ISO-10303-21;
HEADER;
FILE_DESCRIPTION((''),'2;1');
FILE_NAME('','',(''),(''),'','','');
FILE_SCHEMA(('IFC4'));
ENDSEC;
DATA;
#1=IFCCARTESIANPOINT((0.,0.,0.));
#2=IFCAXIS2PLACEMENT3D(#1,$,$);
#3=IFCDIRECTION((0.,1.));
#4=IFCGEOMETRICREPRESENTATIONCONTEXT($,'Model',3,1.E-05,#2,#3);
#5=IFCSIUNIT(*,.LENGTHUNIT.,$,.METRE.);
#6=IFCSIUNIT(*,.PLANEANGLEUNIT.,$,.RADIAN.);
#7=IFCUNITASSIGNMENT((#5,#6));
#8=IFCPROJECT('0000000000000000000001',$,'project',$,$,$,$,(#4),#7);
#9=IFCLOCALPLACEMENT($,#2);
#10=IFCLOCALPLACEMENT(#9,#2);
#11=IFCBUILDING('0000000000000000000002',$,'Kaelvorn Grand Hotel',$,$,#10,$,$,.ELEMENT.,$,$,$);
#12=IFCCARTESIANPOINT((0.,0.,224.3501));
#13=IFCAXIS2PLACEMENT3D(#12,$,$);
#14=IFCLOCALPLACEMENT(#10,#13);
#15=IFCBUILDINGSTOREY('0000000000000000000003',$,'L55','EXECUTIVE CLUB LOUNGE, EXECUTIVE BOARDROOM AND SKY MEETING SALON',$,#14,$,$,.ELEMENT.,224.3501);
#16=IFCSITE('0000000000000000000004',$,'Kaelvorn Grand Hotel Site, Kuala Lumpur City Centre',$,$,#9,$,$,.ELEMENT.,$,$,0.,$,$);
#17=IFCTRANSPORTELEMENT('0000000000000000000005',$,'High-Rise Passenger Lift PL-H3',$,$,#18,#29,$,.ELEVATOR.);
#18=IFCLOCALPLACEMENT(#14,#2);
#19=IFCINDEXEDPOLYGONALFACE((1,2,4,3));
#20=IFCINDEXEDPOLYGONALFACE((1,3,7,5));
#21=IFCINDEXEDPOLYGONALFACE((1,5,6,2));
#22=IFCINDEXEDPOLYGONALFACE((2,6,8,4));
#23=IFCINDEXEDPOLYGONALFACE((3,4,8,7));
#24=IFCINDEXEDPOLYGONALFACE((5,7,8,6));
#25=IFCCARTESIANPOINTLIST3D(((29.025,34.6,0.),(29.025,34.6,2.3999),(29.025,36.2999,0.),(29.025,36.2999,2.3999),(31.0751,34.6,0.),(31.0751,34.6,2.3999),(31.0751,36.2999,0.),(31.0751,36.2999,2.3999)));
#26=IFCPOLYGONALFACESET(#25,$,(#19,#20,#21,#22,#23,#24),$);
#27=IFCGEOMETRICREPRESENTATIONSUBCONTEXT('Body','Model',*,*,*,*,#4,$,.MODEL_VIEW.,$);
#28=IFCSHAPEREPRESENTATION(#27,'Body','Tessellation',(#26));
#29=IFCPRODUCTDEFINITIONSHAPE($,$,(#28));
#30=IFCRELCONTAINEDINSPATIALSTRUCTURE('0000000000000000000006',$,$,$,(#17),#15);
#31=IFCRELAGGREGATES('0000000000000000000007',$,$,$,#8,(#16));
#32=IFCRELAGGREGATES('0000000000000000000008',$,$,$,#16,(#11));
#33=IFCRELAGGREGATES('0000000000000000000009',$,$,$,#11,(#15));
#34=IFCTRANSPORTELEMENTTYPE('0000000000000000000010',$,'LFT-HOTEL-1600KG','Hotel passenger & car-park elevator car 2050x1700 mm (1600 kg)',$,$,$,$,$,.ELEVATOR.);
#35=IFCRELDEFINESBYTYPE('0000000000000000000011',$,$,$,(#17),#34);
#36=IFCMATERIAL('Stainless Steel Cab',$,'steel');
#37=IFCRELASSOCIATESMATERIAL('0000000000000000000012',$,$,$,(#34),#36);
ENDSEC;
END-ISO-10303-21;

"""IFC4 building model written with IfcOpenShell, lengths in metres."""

from ifc_helpers import new_model, si_unit, direction, frame, origin, origin_2d, place, context, subcontext, project, spatial, rectangle, extrude, material, type_object, element, save


model = new_model("IFC4")

# Units and contexts
model_context = context("Model", 3, precision=1e-05, world=origin(), true_north=direction((0.0, 1.0)))
body_context = subcontext(model_context, "Body", "Model", "MODEL_VIEW")
ifc_project = project(units=[si_unit("LENGTHUNIT", "METRE"), si_unit("PLANEANGLEUNIT", "RADIAN")], contexts=[model_context])

# Site, building, storey
site_placement = place(None, origin())
site = spatial("IfcSite", under=ifc_project, at=site_placement, Name="Kaelvorn Grand Hotel Site, Kuala Lumpur City Centre", CompositionType="ELEMENT", RefElevation=0.0)
building_placement = place(site_placement, origin())
building = spatial("IfcBuilding", under=site, at=building_placement, Name="Kaelvorn Grand Hotel", CompositionType="ELEMENT")
storey_placement = place(building_placement, frame((0.0, 0.0, 224.3501)))
storey = spatial("IfcBuildingStorey", under=building, at=storey_placement, Name="L55", Description="EXECUTIVE CLUB LOUNGE, EXECUTIVE BOARDROOM AND SKY MEETING SALON", CompositionType="ELEMENT", Elevation=224.3501)

# Transport element
ifc_material_1 = material(Name="Stainless Steel Cab", Category="steel")
transport_element_type = type_object("IfcTransportElementType", Name="LFT-HOTEL-1600KG", Description="Hotel passenger & car-park elevator car 2050x1700 mm (1600 kg)", PredefinedType="ELEVATOR", material=ifc_material_1)
for number, where, z_axis, x_axis, name in (
    (1, (30.05, 35.45, 0.0), (0.0, 0.0, 1.0), (1.0, 0.0, 0.0), "High-Rise Passenger Lift PL-H3"),
):
    element("IfcTransportElement", number, at=place(storey_placement, frame(where, z_axis=z_axis, x_axis=x_axis)), inside=storey, type_object=transport_element_type, Name=name, PredefinedType="ELEVATOR", context=body_context, shape_type="SweptSolid", body=[
        extrude(rectangle(XDim=2.05, YDim=1.7, at=origin_2d()), origin(), (0.0, 0.0, 1.0), 2.3999),
    ])

save(model, "model.ifc")
